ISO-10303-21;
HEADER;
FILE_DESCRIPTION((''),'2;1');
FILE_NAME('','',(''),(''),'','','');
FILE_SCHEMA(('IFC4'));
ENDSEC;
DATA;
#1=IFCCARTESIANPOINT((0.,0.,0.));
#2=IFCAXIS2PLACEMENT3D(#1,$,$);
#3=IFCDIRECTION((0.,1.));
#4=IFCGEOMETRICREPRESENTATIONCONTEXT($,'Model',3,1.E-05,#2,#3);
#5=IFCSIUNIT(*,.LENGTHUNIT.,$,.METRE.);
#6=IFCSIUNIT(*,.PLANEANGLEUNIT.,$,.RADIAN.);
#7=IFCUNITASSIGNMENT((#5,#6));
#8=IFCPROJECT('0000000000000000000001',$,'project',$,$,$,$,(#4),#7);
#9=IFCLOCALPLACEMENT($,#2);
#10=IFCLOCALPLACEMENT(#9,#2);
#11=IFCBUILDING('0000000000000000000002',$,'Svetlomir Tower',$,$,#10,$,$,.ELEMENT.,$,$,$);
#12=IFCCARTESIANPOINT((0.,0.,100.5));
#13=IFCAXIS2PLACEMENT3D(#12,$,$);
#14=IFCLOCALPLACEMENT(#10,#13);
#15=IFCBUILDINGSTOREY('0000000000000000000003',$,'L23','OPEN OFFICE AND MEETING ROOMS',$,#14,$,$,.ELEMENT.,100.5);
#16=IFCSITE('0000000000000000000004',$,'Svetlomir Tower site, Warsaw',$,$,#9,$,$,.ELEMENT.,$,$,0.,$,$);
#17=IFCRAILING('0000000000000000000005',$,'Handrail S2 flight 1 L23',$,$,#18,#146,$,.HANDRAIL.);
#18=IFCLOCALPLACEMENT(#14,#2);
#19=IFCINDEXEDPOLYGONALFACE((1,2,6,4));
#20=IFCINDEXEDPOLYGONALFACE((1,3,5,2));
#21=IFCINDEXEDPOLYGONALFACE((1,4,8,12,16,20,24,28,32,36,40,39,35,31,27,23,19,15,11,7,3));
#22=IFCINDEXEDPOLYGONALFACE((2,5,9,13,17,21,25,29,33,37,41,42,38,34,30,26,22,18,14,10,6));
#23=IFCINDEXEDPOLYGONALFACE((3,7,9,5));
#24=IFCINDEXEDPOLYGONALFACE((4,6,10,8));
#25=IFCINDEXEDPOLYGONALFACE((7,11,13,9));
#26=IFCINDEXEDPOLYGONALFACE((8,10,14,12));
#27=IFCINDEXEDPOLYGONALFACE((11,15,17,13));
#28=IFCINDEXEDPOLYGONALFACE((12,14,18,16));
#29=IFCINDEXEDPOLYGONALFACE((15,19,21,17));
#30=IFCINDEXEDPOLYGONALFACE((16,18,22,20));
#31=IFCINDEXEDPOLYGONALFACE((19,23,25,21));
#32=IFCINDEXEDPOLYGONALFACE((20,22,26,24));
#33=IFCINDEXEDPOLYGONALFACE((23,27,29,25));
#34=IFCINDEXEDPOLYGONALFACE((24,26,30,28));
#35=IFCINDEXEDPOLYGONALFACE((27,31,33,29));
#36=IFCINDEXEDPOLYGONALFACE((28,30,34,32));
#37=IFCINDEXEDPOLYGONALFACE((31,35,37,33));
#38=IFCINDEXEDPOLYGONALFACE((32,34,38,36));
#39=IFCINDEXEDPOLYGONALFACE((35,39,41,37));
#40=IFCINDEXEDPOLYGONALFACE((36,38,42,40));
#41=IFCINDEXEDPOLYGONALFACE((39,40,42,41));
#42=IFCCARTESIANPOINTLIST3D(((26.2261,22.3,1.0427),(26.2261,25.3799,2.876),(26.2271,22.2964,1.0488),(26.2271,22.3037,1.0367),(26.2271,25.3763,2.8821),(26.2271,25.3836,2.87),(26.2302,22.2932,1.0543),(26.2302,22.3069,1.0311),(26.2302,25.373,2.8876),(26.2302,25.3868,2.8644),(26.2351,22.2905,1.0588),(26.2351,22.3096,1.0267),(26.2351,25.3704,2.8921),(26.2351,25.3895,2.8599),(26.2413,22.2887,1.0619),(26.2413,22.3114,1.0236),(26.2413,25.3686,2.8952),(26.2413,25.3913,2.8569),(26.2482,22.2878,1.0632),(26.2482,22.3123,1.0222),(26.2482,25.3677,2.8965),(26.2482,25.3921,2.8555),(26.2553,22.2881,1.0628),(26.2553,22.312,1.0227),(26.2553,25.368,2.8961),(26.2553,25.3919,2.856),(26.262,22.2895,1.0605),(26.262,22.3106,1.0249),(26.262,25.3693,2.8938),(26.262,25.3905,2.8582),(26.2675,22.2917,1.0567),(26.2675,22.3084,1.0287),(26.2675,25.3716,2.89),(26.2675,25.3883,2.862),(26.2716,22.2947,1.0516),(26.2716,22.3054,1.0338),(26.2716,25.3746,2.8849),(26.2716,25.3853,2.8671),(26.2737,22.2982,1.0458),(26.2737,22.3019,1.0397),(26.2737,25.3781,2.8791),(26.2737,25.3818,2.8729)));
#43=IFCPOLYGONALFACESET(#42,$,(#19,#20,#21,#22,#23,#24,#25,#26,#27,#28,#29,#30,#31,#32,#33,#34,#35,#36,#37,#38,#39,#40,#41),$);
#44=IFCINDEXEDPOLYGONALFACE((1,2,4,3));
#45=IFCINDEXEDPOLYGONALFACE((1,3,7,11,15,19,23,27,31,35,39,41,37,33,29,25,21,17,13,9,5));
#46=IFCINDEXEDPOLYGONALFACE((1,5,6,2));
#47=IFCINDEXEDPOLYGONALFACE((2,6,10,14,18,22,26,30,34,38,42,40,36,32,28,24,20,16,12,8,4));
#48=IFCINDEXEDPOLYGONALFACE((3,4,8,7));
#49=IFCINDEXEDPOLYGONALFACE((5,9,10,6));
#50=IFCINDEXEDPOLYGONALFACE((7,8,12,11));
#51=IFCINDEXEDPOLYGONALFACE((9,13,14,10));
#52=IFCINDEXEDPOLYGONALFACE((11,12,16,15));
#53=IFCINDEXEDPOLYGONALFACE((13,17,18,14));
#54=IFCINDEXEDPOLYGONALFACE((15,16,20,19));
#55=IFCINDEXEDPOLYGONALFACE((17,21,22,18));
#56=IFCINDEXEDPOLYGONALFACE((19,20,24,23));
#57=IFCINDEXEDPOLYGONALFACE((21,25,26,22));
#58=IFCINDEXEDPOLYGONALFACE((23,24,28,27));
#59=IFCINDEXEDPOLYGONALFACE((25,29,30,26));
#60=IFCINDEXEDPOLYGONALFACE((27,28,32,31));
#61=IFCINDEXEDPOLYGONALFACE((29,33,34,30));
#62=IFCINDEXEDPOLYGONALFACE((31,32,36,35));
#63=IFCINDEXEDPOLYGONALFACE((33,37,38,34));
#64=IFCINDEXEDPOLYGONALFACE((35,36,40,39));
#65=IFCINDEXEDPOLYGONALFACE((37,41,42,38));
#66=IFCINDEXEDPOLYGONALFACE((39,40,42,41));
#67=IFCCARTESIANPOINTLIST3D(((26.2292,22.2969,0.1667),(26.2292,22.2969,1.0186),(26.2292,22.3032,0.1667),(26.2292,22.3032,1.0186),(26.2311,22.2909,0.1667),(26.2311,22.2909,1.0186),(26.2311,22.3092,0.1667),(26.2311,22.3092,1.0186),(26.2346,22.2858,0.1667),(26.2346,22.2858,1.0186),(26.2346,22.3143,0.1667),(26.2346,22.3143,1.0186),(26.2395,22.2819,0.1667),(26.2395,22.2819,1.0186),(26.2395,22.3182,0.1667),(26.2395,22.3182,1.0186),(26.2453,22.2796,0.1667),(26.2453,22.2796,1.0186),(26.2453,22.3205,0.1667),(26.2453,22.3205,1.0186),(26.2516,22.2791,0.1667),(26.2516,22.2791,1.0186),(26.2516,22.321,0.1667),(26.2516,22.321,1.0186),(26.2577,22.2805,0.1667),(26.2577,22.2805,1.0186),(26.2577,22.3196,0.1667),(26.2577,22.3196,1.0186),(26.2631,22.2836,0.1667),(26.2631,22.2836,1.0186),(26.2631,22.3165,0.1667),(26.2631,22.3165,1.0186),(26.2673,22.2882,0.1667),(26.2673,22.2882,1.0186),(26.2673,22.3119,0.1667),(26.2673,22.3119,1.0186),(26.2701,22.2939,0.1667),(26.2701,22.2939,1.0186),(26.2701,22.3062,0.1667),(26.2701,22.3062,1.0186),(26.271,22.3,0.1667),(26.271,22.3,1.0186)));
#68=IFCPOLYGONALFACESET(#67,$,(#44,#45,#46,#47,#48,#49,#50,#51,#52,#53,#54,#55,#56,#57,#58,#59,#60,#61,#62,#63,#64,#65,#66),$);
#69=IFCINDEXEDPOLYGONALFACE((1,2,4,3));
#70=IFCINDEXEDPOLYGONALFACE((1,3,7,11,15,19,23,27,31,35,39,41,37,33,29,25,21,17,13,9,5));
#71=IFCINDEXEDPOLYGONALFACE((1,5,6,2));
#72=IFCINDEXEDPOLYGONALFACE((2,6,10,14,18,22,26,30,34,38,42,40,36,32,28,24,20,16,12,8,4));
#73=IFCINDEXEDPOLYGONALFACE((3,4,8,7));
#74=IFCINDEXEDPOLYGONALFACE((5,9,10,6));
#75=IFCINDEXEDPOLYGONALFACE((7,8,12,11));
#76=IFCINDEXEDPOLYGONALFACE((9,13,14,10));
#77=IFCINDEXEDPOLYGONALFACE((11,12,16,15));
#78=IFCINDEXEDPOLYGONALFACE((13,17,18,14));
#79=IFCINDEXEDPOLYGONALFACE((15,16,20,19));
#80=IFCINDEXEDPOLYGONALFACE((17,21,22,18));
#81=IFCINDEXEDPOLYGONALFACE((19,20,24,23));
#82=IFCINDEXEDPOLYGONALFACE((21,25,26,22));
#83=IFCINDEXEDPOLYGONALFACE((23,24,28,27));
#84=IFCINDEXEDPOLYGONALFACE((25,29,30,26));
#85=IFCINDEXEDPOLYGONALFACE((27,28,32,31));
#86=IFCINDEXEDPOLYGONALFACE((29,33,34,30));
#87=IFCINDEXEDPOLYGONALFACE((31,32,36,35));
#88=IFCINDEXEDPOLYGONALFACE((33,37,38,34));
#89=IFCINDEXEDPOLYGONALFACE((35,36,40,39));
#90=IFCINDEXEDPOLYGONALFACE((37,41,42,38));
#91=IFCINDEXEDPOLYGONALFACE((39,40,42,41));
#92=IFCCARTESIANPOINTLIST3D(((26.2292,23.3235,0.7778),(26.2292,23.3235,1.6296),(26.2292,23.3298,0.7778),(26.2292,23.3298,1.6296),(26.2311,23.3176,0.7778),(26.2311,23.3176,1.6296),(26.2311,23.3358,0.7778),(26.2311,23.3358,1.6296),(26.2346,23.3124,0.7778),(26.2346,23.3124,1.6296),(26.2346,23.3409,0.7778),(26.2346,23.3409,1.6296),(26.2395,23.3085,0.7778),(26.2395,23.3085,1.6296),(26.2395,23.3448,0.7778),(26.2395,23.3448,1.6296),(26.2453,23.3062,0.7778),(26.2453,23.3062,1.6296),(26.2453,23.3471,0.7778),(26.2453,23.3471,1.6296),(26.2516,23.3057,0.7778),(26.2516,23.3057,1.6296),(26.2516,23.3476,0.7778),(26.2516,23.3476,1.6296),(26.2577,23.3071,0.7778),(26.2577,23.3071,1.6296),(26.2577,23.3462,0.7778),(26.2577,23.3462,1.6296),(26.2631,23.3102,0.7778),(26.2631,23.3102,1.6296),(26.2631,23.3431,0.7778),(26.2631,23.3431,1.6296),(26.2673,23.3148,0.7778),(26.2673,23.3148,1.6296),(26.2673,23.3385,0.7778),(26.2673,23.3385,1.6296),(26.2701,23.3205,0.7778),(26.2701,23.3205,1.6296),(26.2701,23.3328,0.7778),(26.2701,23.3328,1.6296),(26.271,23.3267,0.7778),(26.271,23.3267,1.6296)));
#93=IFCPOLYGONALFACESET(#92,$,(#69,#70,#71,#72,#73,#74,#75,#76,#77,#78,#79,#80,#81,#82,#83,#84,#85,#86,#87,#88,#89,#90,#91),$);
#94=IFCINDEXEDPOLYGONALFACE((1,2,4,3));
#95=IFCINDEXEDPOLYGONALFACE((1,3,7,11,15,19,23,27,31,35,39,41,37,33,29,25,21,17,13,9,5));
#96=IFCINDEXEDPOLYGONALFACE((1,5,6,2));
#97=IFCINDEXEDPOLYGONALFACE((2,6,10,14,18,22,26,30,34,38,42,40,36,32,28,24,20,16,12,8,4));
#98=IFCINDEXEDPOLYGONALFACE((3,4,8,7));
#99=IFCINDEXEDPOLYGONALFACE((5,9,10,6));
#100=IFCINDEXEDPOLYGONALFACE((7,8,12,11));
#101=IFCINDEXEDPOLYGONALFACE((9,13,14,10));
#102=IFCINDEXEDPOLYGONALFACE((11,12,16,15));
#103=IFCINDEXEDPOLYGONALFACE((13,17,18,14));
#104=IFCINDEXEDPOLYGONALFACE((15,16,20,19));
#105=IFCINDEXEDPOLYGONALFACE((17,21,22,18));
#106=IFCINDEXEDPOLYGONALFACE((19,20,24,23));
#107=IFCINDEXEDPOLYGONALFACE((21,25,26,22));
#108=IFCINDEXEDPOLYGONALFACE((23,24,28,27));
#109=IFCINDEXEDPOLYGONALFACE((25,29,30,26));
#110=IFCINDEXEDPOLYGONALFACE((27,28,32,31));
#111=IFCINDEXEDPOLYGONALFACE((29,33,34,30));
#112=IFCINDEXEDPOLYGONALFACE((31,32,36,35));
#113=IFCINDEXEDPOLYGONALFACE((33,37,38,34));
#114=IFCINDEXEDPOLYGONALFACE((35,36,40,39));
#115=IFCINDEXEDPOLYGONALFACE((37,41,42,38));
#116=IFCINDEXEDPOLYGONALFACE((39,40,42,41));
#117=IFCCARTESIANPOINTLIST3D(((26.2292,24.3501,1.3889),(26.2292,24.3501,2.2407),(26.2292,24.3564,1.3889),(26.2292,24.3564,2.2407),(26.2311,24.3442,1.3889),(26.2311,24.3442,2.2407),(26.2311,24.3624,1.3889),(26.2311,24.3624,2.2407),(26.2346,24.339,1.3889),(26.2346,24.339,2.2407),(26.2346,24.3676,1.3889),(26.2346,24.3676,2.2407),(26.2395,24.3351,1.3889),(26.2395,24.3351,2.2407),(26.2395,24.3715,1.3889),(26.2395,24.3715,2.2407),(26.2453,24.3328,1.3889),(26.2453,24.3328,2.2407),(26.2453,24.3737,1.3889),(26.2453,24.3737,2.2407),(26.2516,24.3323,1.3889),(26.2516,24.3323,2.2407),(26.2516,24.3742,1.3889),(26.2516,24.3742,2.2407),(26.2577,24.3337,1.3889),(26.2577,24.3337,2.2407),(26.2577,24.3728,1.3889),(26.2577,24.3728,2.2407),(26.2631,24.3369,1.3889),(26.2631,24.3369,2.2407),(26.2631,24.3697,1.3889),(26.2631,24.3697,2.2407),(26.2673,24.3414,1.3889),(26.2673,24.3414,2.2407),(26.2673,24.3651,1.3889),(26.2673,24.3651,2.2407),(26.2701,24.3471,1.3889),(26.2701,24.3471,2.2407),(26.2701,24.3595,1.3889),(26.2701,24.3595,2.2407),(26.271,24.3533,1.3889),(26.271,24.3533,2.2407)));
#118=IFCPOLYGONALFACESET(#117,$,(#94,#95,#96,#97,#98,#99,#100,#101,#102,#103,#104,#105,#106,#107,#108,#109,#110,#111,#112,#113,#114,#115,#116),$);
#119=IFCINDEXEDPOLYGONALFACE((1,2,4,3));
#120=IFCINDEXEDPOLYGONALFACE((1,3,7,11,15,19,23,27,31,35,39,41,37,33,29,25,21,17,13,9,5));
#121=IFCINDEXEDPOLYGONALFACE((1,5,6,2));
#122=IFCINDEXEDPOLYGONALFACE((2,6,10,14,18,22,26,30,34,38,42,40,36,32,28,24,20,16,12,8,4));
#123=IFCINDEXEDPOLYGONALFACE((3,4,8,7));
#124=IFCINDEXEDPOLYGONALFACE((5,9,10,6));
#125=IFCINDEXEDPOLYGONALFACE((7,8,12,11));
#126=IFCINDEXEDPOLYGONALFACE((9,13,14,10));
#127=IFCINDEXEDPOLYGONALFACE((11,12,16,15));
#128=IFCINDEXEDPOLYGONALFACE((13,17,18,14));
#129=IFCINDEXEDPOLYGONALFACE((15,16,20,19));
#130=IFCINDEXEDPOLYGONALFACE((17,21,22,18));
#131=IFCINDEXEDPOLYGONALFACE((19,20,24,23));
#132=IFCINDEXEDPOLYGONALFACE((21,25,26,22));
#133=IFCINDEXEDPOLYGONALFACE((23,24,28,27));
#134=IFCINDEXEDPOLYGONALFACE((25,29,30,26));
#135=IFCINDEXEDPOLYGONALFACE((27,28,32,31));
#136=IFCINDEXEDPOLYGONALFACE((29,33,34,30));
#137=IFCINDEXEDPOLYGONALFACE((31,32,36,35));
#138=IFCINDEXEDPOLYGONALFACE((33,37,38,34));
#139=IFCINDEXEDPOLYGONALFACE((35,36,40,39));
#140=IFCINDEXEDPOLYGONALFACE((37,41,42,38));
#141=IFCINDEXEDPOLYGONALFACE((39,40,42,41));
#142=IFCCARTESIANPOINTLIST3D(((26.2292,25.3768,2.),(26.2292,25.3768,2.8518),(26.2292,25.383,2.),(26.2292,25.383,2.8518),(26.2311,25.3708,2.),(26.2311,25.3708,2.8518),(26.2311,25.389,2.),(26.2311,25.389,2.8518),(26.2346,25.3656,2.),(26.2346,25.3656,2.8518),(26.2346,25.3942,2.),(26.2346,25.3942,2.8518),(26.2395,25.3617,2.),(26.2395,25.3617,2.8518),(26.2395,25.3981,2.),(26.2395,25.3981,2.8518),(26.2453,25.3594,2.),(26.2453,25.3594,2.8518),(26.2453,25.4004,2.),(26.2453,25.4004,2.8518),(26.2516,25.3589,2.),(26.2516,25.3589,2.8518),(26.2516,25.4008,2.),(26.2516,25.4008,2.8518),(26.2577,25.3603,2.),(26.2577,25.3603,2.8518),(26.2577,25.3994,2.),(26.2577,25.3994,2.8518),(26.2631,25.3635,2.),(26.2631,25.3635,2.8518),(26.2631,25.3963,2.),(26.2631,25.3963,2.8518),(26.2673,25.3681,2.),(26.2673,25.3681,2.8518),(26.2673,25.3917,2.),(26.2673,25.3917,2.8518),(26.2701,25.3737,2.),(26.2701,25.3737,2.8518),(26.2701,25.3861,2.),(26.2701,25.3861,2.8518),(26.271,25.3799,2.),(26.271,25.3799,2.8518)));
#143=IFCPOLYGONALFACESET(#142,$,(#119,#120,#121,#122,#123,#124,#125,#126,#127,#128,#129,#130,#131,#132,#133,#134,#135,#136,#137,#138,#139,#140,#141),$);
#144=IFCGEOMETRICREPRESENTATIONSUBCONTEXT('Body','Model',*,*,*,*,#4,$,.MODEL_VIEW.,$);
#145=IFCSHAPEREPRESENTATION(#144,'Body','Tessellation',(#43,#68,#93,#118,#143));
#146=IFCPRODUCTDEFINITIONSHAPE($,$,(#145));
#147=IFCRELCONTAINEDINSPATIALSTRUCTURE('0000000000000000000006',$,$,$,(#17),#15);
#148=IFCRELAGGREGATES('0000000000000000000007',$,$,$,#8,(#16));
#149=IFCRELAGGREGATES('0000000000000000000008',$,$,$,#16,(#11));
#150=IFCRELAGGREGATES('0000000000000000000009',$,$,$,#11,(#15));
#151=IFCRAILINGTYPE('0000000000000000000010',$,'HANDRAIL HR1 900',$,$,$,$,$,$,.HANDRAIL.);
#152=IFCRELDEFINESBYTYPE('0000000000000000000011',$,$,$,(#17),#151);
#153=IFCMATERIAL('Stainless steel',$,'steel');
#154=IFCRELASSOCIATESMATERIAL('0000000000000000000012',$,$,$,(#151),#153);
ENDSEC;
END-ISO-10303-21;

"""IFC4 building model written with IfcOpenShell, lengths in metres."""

from ifc_helpers import new_model, si_unit, direction, frame, origin, origin_2d, place, context, subcontext, project, spatial, circle, extrude, material, type_object, element, save


model = new_model("IFC4")

# Units and contexts
model_context = context("Model", 3, precision=1e-05, world=origin(), true_north=direction((0.0, 1.0)))
body_context = subcontext(model_context, "Body", "Model", "MODEL_VIEW")
ifc_project = project(units=[si_unit("LENGTHUNIT", "METRE"), si_unit("PLANEANGLEUNIT", "RADIAN")], contexts=[model_context])

# Site, building, storey
site_placement = place(None, origin())
site = spatial("IfcSite", under=ifc_project, at=site_placement, Name="Svetlomir Tower site, Warsaw", CompositionType="ELEMENT", RefElevation=0.0)
building_placement = place(site_placement, origin())
building = spatial("IfcBuilding", under=site, at=building_placement, Name="Svetlomir Tower", CompositionType="ELEMENT")
storey_placement = place(building_placement, frame((0.0, 0.0, 100.5)))
storey = spatial("IfcBuildingStorey", under=building, at=storey_placement, Name="L23", Description="OPEN OFFICE AND MEETING ROOMS", CompositionType="ELEMENT", Elevation=100.5)

# Railing
ifc_material_1 = material(Name="Stainless steel", Category="steel")
railing_type = type_object("IfcRailingType", Name="HANDRAIL HR1 900", PredefinedType="HANDRAIL", material=ifc_material_1)
railing_1_placement = place(storey_placement, frame((26.25, 22.3, 0.1667)))
element("IfcRailing", 1, at=railing_1_placement, inside=storey, type_object=railing_type, Name="Handrail S2 flight 1 L23", PredefinedType="HANDRAIL", context=body_context, shape_type="SweptSolid", body=[
    extrude(circle(Radius=0.0239, at=origin_2d()), frame((0.0, 0.0, 0.876), z_axis=(0.0, 0.859291, 0.511487), x_axis=(-1.0, 0.0, 0.0)), (0.0, 0.0, 1.0), 3.5842),
    extrude(circle(Radius=0.021, at=origin_2d()), origin(), (0.0, 0.0, 1.0), 0.8518),
    extrude(circle(Radius=0.021, at=origin_2d()), frame((0.0, 1.0266, 0.6111)), (0.0, 0.0, 1.0), 0.8518),
    extrude(circle(Radius=0.021, at=origin_2d()), frame((0.0, 2.0532, 1.2222)), (0.0, 0.0, 1.0), 0.8518),
    extrude(circle(Radius=0.021, at=origin_2d()), frame((0.0, 3.0798, 1.8333)), (0.0, 0.0, 1.0), 0.8518),
])

save(model, "model.ifc")
